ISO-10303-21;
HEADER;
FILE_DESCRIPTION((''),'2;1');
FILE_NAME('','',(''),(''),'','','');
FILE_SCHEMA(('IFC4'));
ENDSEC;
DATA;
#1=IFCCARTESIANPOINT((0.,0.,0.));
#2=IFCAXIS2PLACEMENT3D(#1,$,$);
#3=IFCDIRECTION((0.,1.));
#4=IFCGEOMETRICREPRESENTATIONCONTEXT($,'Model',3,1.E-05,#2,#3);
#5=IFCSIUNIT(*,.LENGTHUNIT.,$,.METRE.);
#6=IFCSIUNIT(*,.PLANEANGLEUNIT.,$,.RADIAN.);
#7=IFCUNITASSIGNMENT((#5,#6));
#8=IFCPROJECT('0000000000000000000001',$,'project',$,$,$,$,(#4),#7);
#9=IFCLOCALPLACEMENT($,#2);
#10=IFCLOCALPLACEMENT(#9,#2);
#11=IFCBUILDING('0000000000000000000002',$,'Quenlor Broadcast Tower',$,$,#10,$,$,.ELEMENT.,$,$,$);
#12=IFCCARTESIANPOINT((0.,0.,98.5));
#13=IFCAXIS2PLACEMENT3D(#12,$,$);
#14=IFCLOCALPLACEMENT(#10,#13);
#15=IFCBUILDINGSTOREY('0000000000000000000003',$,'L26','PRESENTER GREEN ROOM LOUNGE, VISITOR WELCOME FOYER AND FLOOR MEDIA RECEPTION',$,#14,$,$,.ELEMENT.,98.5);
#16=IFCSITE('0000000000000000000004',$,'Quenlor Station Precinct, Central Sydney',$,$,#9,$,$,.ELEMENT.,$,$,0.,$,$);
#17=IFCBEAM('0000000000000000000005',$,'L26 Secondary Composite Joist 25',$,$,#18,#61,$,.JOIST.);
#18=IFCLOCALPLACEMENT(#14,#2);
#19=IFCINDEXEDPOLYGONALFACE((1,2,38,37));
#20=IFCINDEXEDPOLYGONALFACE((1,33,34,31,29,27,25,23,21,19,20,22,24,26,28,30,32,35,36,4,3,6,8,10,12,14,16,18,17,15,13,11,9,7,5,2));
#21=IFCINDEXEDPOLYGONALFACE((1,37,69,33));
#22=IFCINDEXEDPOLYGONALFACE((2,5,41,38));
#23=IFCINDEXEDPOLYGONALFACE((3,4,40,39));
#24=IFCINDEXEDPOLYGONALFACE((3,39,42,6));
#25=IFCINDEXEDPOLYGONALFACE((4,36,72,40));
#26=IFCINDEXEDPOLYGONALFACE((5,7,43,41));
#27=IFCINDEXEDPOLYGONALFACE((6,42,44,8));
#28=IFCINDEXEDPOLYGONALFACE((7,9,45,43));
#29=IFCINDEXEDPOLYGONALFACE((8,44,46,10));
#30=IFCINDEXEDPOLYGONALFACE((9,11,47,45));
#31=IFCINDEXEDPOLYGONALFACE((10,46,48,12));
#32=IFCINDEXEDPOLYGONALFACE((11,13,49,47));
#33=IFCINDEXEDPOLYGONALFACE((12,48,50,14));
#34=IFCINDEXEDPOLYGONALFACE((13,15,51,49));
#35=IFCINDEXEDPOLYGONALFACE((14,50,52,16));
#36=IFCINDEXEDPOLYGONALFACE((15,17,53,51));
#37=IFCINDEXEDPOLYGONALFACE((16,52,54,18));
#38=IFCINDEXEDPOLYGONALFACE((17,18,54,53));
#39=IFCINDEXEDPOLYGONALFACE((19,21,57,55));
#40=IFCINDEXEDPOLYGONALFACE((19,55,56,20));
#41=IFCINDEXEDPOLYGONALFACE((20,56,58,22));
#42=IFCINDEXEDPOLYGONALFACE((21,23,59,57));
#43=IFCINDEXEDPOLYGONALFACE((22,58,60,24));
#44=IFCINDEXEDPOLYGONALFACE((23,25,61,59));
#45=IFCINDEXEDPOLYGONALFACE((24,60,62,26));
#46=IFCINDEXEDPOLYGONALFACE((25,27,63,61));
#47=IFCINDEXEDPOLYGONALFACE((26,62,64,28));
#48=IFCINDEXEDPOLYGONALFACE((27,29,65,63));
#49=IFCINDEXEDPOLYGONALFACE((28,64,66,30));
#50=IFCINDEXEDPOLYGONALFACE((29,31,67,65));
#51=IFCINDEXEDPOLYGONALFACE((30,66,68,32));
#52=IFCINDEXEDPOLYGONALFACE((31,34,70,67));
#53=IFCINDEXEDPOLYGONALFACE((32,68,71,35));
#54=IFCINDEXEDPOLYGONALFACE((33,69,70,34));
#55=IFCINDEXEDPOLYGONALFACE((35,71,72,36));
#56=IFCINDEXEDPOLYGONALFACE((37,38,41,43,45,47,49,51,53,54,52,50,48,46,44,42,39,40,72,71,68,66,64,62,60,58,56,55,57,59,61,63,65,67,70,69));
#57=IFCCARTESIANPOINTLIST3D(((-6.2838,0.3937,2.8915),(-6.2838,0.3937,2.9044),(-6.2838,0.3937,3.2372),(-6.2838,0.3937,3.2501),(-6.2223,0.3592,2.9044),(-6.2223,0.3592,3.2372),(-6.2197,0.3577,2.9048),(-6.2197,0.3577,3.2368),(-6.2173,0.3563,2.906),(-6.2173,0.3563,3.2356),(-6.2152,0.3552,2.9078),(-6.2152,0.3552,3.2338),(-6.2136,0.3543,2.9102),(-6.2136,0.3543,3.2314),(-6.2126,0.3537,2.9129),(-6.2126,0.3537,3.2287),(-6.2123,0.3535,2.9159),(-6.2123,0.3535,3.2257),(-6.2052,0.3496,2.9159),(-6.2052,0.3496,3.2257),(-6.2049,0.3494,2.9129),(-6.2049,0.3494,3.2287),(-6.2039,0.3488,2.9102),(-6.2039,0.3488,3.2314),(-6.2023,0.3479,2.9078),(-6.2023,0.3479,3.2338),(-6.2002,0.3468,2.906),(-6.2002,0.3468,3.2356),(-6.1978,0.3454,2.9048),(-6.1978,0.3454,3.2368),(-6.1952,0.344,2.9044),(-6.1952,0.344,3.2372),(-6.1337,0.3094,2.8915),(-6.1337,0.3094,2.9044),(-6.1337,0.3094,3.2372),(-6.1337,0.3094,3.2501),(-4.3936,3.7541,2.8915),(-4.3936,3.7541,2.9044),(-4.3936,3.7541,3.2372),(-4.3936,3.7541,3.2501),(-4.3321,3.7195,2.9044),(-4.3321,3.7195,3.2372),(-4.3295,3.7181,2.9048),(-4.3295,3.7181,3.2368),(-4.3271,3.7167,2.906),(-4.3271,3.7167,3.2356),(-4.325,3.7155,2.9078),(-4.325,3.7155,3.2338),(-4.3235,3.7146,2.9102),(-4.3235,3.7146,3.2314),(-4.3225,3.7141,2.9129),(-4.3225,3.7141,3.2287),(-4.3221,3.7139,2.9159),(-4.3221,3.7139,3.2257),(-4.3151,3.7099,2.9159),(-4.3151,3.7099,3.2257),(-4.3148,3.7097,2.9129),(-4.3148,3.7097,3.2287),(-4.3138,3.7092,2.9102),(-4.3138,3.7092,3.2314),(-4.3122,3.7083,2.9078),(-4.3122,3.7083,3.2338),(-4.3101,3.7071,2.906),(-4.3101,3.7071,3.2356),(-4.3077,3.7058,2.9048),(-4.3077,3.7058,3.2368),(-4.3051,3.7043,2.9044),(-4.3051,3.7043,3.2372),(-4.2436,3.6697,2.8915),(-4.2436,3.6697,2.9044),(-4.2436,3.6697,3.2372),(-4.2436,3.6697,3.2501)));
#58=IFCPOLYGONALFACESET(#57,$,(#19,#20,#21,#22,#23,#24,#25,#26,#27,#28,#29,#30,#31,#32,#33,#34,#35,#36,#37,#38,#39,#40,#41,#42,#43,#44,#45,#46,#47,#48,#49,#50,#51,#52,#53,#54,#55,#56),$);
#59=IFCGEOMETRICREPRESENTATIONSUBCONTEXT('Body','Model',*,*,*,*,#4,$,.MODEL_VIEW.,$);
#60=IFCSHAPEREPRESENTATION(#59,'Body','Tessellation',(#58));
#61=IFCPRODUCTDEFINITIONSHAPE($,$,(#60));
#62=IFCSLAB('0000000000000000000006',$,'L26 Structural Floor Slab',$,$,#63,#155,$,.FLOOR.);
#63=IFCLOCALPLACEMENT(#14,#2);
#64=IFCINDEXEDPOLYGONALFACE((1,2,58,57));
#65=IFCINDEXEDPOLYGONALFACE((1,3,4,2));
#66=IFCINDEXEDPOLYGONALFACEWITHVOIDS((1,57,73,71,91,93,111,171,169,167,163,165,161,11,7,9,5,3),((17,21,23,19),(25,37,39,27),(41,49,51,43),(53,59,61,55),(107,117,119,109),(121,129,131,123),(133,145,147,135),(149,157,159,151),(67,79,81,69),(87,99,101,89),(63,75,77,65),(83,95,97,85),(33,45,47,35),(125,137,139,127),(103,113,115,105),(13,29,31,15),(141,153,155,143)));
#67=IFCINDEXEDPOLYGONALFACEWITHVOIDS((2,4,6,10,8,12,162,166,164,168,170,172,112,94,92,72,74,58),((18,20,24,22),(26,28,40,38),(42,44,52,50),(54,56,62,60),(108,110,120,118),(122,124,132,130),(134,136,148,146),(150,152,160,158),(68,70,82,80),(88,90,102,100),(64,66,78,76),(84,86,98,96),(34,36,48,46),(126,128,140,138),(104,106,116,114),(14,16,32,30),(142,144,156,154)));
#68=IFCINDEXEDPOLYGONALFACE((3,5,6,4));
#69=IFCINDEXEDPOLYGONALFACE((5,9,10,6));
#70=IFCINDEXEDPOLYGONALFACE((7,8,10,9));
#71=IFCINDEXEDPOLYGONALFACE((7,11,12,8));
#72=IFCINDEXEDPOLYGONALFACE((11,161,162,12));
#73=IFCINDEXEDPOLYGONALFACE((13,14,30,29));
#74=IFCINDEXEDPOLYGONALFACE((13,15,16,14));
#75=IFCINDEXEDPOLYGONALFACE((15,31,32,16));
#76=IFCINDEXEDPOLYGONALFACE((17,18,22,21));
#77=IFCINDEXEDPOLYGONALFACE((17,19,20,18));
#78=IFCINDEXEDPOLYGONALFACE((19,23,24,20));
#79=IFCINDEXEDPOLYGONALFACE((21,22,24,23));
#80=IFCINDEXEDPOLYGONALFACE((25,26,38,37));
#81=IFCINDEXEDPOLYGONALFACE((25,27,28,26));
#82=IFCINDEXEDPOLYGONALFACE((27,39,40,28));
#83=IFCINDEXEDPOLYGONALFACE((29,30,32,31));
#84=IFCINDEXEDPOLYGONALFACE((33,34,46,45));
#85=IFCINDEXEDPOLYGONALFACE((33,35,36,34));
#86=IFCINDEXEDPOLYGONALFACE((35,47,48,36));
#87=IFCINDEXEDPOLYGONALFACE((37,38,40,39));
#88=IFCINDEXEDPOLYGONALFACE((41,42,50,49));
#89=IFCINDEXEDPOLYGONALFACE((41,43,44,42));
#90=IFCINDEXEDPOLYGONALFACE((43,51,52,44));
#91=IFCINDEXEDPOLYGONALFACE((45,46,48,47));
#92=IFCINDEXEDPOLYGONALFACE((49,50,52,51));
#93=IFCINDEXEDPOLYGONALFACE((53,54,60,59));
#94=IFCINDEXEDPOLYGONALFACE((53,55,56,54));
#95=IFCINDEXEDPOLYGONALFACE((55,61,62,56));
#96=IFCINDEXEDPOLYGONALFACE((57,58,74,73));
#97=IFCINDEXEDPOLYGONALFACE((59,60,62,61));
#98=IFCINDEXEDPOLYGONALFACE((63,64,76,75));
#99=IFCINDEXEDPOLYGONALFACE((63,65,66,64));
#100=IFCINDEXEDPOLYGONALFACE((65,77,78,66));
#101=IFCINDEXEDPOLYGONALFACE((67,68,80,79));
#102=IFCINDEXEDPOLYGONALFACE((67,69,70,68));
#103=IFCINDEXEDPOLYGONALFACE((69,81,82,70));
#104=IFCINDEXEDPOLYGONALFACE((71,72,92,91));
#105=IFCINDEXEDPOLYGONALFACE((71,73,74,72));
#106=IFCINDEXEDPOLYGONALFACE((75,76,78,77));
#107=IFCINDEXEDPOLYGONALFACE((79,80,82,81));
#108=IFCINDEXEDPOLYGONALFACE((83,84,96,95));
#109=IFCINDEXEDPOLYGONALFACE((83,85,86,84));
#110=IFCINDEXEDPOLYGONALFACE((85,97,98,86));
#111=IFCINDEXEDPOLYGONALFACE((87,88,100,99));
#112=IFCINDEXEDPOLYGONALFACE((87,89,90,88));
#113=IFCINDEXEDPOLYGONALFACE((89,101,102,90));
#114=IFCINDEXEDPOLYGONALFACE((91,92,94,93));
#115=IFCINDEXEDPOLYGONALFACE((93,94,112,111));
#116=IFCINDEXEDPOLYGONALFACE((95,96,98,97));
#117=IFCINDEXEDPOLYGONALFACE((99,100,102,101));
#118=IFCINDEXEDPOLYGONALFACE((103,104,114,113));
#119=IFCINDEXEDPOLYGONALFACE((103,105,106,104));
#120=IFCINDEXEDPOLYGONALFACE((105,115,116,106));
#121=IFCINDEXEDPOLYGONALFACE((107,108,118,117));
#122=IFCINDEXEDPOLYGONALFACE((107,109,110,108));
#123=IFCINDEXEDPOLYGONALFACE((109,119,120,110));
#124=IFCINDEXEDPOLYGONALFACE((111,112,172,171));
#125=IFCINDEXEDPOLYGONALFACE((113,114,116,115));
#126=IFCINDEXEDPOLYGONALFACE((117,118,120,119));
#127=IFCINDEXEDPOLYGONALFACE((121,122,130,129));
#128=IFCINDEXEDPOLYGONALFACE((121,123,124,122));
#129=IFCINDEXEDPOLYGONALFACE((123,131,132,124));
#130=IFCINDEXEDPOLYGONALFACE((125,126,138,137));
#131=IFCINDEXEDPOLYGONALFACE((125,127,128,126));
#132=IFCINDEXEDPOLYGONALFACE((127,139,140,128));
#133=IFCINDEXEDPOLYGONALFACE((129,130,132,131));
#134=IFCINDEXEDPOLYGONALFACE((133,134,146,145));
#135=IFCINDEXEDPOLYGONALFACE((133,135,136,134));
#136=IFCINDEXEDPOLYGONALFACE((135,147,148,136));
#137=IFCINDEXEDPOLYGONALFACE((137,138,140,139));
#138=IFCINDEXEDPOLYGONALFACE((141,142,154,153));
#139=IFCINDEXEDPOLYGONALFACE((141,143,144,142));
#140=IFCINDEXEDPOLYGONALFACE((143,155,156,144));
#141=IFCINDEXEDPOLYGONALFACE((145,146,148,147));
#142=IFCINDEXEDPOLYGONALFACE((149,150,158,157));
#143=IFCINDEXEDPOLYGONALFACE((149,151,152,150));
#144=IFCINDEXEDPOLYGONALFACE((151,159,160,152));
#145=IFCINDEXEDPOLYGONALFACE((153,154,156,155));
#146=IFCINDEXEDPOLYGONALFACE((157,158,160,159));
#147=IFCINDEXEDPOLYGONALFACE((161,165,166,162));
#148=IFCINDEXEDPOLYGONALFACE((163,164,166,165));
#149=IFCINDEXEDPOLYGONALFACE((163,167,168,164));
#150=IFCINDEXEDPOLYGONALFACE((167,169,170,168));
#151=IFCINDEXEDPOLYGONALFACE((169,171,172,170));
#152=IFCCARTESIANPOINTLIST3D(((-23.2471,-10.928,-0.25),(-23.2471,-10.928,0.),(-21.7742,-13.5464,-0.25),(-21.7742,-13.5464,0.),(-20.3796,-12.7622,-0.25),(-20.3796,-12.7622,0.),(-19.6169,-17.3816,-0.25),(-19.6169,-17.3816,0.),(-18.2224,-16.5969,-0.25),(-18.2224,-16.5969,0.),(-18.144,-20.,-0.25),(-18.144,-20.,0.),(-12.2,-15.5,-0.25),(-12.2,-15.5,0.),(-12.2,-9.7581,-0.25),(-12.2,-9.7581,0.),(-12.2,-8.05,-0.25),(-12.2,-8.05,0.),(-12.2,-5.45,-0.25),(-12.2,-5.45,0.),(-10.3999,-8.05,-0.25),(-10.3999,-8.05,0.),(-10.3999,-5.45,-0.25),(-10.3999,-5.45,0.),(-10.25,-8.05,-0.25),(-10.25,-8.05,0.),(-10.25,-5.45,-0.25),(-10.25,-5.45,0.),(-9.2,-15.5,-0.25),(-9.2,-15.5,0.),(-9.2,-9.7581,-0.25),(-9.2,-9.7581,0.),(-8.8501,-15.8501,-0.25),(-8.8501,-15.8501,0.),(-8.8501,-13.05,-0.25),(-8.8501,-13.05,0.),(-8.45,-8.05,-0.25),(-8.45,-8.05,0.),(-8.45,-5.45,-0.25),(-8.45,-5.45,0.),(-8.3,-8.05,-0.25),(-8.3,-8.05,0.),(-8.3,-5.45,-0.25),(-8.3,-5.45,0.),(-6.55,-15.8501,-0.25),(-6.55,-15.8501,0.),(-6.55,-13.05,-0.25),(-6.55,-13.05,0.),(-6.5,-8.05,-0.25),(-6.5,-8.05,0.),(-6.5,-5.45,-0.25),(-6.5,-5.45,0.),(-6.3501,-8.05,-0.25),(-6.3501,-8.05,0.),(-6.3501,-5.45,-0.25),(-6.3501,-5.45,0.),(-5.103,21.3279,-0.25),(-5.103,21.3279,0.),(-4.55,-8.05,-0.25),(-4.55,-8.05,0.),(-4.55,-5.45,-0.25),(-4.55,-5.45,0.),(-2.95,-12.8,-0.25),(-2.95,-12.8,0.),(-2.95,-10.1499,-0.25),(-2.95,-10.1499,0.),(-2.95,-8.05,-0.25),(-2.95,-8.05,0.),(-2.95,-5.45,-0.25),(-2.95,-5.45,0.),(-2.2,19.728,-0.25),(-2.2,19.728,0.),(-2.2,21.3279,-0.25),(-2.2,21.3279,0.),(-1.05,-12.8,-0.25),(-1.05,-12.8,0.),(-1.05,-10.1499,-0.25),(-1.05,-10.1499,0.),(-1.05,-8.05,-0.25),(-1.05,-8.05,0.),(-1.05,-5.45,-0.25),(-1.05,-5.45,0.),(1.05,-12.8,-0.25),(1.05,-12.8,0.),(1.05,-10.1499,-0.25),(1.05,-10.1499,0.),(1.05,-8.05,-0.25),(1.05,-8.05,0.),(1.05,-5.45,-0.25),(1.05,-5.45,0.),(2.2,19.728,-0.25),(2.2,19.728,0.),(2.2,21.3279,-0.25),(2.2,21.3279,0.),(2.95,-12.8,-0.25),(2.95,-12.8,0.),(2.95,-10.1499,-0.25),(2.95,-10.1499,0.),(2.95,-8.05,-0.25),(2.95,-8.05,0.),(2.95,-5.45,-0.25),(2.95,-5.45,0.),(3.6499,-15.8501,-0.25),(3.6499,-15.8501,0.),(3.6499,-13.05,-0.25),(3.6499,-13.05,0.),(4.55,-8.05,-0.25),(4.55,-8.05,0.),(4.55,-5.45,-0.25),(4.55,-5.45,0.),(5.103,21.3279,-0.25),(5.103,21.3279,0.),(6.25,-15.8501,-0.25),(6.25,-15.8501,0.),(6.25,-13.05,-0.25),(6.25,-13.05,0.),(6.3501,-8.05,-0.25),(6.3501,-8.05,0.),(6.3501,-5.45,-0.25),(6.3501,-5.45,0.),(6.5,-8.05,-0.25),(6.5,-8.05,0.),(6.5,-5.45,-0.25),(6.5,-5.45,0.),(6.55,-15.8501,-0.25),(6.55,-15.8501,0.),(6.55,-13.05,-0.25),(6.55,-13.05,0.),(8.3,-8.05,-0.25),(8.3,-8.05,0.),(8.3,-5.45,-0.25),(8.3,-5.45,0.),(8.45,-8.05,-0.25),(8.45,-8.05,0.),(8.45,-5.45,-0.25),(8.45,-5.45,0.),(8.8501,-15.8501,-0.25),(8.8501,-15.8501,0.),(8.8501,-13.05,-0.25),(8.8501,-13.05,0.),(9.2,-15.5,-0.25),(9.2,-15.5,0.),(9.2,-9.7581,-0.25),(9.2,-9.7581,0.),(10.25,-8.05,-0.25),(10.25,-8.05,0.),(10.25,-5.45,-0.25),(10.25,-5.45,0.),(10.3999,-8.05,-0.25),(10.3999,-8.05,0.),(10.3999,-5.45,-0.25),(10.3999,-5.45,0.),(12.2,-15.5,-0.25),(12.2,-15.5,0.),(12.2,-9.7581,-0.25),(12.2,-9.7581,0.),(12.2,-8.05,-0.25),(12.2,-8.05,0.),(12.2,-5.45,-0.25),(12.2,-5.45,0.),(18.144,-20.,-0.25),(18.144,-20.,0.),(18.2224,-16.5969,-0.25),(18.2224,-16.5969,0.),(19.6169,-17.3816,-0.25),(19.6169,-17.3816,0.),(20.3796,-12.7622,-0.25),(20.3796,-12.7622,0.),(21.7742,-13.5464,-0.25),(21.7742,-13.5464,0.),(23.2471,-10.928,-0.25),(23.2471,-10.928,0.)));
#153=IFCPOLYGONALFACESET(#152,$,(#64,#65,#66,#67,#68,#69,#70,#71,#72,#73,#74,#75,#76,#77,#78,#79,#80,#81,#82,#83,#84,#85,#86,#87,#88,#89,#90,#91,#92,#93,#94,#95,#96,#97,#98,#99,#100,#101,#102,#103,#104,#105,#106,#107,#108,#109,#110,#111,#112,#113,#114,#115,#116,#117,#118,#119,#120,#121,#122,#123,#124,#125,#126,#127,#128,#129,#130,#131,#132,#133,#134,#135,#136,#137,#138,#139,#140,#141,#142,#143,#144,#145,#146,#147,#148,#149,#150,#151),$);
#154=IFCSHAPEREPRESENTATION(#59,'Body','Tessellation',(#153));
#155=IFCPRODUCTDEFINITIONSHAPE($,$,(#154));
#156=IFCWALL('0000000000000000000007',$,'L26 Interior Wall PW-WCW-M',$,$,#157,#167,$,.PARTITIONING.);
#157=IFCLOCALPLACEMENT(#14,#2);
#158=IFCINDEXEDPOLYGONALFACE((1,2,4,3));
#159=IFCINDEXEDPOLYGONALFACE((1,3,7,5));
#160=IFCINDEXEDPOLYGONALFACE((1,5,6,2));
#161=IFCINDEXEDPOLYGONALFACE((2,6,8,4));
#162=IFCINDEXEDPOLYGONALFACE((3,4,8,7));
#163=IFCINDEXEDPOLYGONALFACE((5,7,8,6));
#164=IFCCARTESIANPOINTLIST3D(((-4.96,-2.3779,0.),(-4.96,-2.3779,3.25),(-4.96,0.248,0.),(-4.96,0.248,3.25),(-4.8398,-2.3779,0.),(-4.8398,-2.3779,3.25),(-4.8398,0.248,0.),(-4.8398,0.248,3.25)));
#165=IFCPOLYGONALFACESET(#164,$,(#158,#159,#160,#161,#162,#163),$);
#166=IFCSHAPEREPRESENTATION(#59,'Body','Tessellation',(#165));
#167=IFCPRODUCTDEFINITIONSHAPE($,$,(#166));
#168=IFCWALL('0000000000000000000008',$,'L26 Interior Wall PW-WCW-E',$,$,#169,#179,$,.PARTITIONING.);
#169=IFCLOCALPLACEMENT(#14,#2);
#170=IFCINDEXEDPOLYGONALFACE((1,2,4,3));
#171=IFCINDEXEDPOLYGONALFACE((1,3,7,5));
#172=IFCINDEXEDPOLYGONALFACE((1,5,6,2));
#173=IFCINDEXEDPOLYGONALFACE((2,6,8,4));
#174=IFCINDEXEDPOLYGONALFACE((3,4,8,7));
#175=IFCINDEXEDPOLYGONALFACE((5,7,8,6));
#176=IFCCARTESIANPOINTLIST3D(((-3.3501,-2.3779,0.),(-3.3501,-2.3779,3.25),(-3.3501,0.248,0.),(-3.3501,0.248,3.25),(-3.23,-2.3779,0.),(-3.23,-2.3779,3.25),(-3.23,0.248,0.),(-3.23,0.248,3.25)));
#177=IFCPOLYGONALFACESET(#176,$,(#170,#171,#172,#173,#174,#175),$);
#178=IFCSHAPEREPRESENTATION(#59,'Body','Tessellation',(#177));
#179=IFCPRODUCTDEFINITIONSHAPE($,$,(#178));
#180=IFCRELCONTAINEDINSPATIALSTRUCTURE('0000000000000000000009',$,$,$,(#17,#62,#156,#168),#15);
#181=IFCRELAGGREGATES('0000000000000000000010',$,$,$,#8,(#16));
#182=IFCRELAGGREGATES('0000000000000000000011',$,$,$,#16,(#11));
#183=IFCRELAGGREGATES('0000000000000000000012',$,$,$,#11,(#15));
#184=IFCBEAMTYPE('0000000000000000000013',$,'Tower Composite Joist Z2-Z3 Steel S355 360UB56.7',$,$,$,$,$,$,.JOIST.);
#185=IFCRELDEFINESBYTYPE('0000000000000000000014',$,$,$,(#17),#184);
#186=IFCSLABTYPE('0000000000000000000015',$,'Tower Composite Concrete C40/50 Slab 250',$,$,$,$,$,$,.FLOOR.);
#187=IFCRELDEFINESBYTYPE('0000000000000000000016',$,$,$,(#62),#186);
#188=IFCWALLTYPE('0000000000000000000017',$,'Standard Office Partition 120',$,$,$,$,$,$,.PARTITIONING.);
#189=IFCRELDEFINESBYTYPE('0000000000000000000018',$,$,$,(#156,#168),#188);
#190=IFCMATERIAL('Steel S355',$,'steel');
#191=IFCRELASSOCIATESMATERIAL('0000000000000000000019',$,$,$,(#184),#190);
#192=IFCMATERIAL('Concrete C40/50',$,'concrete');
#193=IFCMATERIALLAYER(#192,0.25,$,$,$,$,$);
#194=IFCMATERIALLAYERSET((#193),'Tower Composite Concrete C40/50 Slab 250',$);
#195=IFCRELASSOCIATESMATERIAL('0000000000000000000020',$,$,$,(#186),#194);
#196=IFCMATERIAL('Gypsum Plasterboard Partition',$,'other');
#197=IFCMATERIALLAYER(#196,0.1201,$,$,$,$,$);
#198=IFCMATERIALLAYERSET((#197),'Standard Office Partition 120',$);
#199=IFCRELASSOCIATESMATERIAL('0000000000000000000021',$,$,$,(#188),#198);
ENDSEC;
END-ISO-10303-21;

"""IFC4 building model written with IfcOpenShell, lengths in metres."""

from ifc_helpers import new_model, si_unit, direction, frame, frame_2d, origin, origin_2d, place, context, subcontext, project, spatial, polyline, rectangle, i_section, outline, extrude, material, layer, layer_set, material_profile, profile_set, type_object, element, save


model = new_model("IFC4")

# Units and contexts
model_context = context("Model", 3, precision=1e-05, world=origin(), true_north=direction((0.0, 1.0)))
body_context = subcontext(model_context, "Body", "Model", "MODEL_VIEW")
ifc_project = project(units=[si_unit("LENGTHUNIT", "METRE"), si_unit("PLANEANGLEUNIT", "RADIAN")], contexts=[model_context])

# Site, building, storey
site_placement = place(None, origin())
site = spatial("IfcSite", under=ifc_project, at=site_placement, Name="Quenlor Station Precinct, Central Sydney", CompositionType="ELEMENT", RefElevation=0.0)
building_placement = place(site_placement, origin())
building = spatial("IfcBuilding", under=site, at=building_placement, Name="Quenlor Broadcast Tower", CompositionType="ELEMENT")
storey_placement = place(building_placement, frame((0.0, 0.0, 98.5)))
storey = spatial("IfcBuildingStorey", under=building, at=storey_placement, Name="L26", Description="PRESENTER GREEN ROOM LOUNGE, VISITOR WELCOME FOYER AND FLOOR MEDIA RECEPTION", CompositionType="ELEMENT", Elevation=98.5)

# Beam
ifc_material_1 = material(Name="Steel S355", Category="steel")
ifc_material_profile = material_profile(ifc_material_1, i_section(OverallWidth=0.1721, OverallDepth=0.3586, WebThickness=0.0081, FlangeThickness=0.0129, FilletRadius=0.0115, at=origin_2d()))
ifc_profile_set = profile_set([ifc_material_profile], Name="Steel S355 360UB56.7")
beam_type = type_object("IfcBeamType", Name="Tower Composite Joist Z2-Z3 Steel S355 360UB56.7", PredefinedType="JOIST", material=ifc_profile_set)
beam_placement = place(storey_placement, frame((-4.3186, 3.7119, 3.0708), z_axis=(-0.490249, -0.871582, 0.0), x_axis=(0.871582, -0.490249, 0.0)))
element("IfcBeam", 1, at=beam_placement, inside=storey, type_object=beam_type, Name="L26 Secondary Composite Joist 25", PredefinedType="JOIST", context=body_context, shape_type="SweptSolid", body=[
    extrude(i_section(OverallWidth=0.1721, OverallDepth=0.3586, WebThickness=0.0081, FlangeThickness=0.0129, FilletRadius=0.0115, at=origin_2d()), origin(), (0.0, 0.0, 1.0), 3.8555),
])

# Slab
ifc_material_2 = material(Name="Concrete C40/50", Category="concrete")
ifc_layer_1 = layer(ifc_material_2, 0.25)
ifc_layer_set_1 = layer_set([ifc_layer_1], Name="Tower Composite Concrete C40/50 Slab 250")
slab_type = type_object("IfcSlabType", Name="Tower Composite Concrete C40/50 Slab 250", PredefinedType="FLOOR", material=ifc_layer_set_1)
slab_placement = place(storey_placement, frame((0.0, 0.0, -0.25)))
element("IfcSlab", 2, at=slab_placement, inside=storey, type_object=slab_type, Name="L26 Structural Floor Slab", PredefinedType="FLOOR", context=body_context, shape_type="SweptSolid", body=[
    extrude(outline(polyline([(18.144, -20.0), (19.6169, -17.3816), (18.2224, -16.5969), (20.3796, -12.7622), (21.7742, -13.5464), (23.2471, -10.928), (5.103, 21.3279), (2.2, 21.3279), (2.2, 19.728), (-2.2, 19.728), (-2.2, 21.3279), (-5.103, 21.3279), (-23.2471, -10.928), (-21.7742, -13.5464), (-20.3796, -12.7622), (-18.2224, -16.5969), (-19.6169, -17.3816), (-18.144, -20.0), (18.144, -20.0)]), holes=[polyline([(-12.2, -9.7581), (-12.2, -15.5), (-9.2, -15.5), (-9.2, -9.7581), (-12.2, -9.7581)]), polyline([(9.2, -9.7581), (9.2, -15.5), (12.2, -15.5), (12.2, -9.7581), (9.2, -9.7581)]), polyline([(-12.2, -8.05), (-10.3999, -8.05), (-10.3999, -5.45), (-12.2, -5.45), (-12.2, -8.05)]), polyline([(-10.25, -8.05), (-8.45, -8.05), (-8.45, -5.45), (-10.25, -5.45), (-10.25, -8.05)]), polyline([(-8.3, -8.05), (-6.5, -8.05), (-6.5, -5.45), (-8.3, -5.45), (-8.3, -8.05)]), polyline([(-6.3501, -8.05), (-4.55, -8.05), (-4.55, -5.45), (-6.3501, -5.45), (-6.3501, -8.05)]), polyline([(-2.95, -8.05), (-1.05, -8.05), (-1.05, -5.45), (-2.95, -5.45), (-2.95, -8.05)]), polyline([(1.05, -8.05), (2.95, -8.05), (2.95, -5.45), (1.05, -5.45), (1.05, -8.05)]), polyline([(-2.95, -12.8), (-1.05, -12.8), (-1.05, -10.1499), (-2.95, -10.1499), (-2.95, -12.8)]), polyline([(1.05, -12.8), (2.95, -12.8), (2.95, -10.1499), (1.05, -10.1499), (1.05, -12.8)]), polyline([(4.55, -8.05), (6.3501, -8.05), (6.3501, -5.45), (4.55, -5.45), (4.55, -8.05)]), polyline([(6.5, -8.05), (8.3, -8.05), (8.3, -5.45), (6.5, -5.45), (6.5, -8.05)]), polyline([(8.45, -8.05), (10.25, -8.05), (10.25, -5.45), (8.45, -5.45), (8.45, -8.05)]), polyline([(10.3999, -8.05), (12.2, -8.05), (12.2, -5.45), (10.3999, -5.45), (10.3999, -8.05)]), polyline([(-8.8501, -15.8501), (-6.55, -15.8501), (-6.55, -13.05), (-8.8501, -13.05), (-8.8501, -15.8501)]), polyline([(6.55, -15.8501), (8.8501, -15.8501), (8.8501, -13.05), (6.55, -13.05), (6.55, -15.8501)]), polyline([(3.6499, -15.8501), (6.25, -15.8501), (6.25, -13.05), (3.6499, -13.05), (3.6499, -15.8501)])]), origin(), (0.0, 0.0, 1.0), 0.25),
])

# Walls
ifc_material_3 = material(Name="Gypsum Plasterboard Partition", Category="other")
ifc_layer_2 = layer(ifc_material_3, 0.1201)
ifc_layer_set_2 = layer_set([ifc_layer_2], Name="Standard Office Partition 120")
wall_type = type_object("IfcWallType", Name="Standard Office Partition 120", PredefinedType="PARTITIONING", material=ifc_layer_set_2)
for number, where, z_axis, x_axis, name in (
    (3, (-4.8999, -2.3779, 0.0), (0.0, 0.0, 1.0), (0.0, 1.0, 0.0), "L26 Interior Wall PW-WCW-M"),
    (4, (-3.29, -2.3779, 0.0), (0.0, 0.0, 1.0), (0.0, 1.0, 0.0), "L26 Interior Wall PW-WCW-E"),
):
    element("IfcWall", number, at=place(storey_placement, frame(where, z_axis=z_axis, x_axis=x_axis)), inside=storey, type_object=wall_type, Name=name, PredefinedType="PARTITIONING", context=body_context, shape_type="SweptSolid", body=[
        extrude(rectangle(XDim=2.626, YDim=0.1201, at=frame_2d((1.313, 0.0))), origin(), (0.0, 0.0, 1.0), 3.25),
    ])

save(model, "model.ifc")
